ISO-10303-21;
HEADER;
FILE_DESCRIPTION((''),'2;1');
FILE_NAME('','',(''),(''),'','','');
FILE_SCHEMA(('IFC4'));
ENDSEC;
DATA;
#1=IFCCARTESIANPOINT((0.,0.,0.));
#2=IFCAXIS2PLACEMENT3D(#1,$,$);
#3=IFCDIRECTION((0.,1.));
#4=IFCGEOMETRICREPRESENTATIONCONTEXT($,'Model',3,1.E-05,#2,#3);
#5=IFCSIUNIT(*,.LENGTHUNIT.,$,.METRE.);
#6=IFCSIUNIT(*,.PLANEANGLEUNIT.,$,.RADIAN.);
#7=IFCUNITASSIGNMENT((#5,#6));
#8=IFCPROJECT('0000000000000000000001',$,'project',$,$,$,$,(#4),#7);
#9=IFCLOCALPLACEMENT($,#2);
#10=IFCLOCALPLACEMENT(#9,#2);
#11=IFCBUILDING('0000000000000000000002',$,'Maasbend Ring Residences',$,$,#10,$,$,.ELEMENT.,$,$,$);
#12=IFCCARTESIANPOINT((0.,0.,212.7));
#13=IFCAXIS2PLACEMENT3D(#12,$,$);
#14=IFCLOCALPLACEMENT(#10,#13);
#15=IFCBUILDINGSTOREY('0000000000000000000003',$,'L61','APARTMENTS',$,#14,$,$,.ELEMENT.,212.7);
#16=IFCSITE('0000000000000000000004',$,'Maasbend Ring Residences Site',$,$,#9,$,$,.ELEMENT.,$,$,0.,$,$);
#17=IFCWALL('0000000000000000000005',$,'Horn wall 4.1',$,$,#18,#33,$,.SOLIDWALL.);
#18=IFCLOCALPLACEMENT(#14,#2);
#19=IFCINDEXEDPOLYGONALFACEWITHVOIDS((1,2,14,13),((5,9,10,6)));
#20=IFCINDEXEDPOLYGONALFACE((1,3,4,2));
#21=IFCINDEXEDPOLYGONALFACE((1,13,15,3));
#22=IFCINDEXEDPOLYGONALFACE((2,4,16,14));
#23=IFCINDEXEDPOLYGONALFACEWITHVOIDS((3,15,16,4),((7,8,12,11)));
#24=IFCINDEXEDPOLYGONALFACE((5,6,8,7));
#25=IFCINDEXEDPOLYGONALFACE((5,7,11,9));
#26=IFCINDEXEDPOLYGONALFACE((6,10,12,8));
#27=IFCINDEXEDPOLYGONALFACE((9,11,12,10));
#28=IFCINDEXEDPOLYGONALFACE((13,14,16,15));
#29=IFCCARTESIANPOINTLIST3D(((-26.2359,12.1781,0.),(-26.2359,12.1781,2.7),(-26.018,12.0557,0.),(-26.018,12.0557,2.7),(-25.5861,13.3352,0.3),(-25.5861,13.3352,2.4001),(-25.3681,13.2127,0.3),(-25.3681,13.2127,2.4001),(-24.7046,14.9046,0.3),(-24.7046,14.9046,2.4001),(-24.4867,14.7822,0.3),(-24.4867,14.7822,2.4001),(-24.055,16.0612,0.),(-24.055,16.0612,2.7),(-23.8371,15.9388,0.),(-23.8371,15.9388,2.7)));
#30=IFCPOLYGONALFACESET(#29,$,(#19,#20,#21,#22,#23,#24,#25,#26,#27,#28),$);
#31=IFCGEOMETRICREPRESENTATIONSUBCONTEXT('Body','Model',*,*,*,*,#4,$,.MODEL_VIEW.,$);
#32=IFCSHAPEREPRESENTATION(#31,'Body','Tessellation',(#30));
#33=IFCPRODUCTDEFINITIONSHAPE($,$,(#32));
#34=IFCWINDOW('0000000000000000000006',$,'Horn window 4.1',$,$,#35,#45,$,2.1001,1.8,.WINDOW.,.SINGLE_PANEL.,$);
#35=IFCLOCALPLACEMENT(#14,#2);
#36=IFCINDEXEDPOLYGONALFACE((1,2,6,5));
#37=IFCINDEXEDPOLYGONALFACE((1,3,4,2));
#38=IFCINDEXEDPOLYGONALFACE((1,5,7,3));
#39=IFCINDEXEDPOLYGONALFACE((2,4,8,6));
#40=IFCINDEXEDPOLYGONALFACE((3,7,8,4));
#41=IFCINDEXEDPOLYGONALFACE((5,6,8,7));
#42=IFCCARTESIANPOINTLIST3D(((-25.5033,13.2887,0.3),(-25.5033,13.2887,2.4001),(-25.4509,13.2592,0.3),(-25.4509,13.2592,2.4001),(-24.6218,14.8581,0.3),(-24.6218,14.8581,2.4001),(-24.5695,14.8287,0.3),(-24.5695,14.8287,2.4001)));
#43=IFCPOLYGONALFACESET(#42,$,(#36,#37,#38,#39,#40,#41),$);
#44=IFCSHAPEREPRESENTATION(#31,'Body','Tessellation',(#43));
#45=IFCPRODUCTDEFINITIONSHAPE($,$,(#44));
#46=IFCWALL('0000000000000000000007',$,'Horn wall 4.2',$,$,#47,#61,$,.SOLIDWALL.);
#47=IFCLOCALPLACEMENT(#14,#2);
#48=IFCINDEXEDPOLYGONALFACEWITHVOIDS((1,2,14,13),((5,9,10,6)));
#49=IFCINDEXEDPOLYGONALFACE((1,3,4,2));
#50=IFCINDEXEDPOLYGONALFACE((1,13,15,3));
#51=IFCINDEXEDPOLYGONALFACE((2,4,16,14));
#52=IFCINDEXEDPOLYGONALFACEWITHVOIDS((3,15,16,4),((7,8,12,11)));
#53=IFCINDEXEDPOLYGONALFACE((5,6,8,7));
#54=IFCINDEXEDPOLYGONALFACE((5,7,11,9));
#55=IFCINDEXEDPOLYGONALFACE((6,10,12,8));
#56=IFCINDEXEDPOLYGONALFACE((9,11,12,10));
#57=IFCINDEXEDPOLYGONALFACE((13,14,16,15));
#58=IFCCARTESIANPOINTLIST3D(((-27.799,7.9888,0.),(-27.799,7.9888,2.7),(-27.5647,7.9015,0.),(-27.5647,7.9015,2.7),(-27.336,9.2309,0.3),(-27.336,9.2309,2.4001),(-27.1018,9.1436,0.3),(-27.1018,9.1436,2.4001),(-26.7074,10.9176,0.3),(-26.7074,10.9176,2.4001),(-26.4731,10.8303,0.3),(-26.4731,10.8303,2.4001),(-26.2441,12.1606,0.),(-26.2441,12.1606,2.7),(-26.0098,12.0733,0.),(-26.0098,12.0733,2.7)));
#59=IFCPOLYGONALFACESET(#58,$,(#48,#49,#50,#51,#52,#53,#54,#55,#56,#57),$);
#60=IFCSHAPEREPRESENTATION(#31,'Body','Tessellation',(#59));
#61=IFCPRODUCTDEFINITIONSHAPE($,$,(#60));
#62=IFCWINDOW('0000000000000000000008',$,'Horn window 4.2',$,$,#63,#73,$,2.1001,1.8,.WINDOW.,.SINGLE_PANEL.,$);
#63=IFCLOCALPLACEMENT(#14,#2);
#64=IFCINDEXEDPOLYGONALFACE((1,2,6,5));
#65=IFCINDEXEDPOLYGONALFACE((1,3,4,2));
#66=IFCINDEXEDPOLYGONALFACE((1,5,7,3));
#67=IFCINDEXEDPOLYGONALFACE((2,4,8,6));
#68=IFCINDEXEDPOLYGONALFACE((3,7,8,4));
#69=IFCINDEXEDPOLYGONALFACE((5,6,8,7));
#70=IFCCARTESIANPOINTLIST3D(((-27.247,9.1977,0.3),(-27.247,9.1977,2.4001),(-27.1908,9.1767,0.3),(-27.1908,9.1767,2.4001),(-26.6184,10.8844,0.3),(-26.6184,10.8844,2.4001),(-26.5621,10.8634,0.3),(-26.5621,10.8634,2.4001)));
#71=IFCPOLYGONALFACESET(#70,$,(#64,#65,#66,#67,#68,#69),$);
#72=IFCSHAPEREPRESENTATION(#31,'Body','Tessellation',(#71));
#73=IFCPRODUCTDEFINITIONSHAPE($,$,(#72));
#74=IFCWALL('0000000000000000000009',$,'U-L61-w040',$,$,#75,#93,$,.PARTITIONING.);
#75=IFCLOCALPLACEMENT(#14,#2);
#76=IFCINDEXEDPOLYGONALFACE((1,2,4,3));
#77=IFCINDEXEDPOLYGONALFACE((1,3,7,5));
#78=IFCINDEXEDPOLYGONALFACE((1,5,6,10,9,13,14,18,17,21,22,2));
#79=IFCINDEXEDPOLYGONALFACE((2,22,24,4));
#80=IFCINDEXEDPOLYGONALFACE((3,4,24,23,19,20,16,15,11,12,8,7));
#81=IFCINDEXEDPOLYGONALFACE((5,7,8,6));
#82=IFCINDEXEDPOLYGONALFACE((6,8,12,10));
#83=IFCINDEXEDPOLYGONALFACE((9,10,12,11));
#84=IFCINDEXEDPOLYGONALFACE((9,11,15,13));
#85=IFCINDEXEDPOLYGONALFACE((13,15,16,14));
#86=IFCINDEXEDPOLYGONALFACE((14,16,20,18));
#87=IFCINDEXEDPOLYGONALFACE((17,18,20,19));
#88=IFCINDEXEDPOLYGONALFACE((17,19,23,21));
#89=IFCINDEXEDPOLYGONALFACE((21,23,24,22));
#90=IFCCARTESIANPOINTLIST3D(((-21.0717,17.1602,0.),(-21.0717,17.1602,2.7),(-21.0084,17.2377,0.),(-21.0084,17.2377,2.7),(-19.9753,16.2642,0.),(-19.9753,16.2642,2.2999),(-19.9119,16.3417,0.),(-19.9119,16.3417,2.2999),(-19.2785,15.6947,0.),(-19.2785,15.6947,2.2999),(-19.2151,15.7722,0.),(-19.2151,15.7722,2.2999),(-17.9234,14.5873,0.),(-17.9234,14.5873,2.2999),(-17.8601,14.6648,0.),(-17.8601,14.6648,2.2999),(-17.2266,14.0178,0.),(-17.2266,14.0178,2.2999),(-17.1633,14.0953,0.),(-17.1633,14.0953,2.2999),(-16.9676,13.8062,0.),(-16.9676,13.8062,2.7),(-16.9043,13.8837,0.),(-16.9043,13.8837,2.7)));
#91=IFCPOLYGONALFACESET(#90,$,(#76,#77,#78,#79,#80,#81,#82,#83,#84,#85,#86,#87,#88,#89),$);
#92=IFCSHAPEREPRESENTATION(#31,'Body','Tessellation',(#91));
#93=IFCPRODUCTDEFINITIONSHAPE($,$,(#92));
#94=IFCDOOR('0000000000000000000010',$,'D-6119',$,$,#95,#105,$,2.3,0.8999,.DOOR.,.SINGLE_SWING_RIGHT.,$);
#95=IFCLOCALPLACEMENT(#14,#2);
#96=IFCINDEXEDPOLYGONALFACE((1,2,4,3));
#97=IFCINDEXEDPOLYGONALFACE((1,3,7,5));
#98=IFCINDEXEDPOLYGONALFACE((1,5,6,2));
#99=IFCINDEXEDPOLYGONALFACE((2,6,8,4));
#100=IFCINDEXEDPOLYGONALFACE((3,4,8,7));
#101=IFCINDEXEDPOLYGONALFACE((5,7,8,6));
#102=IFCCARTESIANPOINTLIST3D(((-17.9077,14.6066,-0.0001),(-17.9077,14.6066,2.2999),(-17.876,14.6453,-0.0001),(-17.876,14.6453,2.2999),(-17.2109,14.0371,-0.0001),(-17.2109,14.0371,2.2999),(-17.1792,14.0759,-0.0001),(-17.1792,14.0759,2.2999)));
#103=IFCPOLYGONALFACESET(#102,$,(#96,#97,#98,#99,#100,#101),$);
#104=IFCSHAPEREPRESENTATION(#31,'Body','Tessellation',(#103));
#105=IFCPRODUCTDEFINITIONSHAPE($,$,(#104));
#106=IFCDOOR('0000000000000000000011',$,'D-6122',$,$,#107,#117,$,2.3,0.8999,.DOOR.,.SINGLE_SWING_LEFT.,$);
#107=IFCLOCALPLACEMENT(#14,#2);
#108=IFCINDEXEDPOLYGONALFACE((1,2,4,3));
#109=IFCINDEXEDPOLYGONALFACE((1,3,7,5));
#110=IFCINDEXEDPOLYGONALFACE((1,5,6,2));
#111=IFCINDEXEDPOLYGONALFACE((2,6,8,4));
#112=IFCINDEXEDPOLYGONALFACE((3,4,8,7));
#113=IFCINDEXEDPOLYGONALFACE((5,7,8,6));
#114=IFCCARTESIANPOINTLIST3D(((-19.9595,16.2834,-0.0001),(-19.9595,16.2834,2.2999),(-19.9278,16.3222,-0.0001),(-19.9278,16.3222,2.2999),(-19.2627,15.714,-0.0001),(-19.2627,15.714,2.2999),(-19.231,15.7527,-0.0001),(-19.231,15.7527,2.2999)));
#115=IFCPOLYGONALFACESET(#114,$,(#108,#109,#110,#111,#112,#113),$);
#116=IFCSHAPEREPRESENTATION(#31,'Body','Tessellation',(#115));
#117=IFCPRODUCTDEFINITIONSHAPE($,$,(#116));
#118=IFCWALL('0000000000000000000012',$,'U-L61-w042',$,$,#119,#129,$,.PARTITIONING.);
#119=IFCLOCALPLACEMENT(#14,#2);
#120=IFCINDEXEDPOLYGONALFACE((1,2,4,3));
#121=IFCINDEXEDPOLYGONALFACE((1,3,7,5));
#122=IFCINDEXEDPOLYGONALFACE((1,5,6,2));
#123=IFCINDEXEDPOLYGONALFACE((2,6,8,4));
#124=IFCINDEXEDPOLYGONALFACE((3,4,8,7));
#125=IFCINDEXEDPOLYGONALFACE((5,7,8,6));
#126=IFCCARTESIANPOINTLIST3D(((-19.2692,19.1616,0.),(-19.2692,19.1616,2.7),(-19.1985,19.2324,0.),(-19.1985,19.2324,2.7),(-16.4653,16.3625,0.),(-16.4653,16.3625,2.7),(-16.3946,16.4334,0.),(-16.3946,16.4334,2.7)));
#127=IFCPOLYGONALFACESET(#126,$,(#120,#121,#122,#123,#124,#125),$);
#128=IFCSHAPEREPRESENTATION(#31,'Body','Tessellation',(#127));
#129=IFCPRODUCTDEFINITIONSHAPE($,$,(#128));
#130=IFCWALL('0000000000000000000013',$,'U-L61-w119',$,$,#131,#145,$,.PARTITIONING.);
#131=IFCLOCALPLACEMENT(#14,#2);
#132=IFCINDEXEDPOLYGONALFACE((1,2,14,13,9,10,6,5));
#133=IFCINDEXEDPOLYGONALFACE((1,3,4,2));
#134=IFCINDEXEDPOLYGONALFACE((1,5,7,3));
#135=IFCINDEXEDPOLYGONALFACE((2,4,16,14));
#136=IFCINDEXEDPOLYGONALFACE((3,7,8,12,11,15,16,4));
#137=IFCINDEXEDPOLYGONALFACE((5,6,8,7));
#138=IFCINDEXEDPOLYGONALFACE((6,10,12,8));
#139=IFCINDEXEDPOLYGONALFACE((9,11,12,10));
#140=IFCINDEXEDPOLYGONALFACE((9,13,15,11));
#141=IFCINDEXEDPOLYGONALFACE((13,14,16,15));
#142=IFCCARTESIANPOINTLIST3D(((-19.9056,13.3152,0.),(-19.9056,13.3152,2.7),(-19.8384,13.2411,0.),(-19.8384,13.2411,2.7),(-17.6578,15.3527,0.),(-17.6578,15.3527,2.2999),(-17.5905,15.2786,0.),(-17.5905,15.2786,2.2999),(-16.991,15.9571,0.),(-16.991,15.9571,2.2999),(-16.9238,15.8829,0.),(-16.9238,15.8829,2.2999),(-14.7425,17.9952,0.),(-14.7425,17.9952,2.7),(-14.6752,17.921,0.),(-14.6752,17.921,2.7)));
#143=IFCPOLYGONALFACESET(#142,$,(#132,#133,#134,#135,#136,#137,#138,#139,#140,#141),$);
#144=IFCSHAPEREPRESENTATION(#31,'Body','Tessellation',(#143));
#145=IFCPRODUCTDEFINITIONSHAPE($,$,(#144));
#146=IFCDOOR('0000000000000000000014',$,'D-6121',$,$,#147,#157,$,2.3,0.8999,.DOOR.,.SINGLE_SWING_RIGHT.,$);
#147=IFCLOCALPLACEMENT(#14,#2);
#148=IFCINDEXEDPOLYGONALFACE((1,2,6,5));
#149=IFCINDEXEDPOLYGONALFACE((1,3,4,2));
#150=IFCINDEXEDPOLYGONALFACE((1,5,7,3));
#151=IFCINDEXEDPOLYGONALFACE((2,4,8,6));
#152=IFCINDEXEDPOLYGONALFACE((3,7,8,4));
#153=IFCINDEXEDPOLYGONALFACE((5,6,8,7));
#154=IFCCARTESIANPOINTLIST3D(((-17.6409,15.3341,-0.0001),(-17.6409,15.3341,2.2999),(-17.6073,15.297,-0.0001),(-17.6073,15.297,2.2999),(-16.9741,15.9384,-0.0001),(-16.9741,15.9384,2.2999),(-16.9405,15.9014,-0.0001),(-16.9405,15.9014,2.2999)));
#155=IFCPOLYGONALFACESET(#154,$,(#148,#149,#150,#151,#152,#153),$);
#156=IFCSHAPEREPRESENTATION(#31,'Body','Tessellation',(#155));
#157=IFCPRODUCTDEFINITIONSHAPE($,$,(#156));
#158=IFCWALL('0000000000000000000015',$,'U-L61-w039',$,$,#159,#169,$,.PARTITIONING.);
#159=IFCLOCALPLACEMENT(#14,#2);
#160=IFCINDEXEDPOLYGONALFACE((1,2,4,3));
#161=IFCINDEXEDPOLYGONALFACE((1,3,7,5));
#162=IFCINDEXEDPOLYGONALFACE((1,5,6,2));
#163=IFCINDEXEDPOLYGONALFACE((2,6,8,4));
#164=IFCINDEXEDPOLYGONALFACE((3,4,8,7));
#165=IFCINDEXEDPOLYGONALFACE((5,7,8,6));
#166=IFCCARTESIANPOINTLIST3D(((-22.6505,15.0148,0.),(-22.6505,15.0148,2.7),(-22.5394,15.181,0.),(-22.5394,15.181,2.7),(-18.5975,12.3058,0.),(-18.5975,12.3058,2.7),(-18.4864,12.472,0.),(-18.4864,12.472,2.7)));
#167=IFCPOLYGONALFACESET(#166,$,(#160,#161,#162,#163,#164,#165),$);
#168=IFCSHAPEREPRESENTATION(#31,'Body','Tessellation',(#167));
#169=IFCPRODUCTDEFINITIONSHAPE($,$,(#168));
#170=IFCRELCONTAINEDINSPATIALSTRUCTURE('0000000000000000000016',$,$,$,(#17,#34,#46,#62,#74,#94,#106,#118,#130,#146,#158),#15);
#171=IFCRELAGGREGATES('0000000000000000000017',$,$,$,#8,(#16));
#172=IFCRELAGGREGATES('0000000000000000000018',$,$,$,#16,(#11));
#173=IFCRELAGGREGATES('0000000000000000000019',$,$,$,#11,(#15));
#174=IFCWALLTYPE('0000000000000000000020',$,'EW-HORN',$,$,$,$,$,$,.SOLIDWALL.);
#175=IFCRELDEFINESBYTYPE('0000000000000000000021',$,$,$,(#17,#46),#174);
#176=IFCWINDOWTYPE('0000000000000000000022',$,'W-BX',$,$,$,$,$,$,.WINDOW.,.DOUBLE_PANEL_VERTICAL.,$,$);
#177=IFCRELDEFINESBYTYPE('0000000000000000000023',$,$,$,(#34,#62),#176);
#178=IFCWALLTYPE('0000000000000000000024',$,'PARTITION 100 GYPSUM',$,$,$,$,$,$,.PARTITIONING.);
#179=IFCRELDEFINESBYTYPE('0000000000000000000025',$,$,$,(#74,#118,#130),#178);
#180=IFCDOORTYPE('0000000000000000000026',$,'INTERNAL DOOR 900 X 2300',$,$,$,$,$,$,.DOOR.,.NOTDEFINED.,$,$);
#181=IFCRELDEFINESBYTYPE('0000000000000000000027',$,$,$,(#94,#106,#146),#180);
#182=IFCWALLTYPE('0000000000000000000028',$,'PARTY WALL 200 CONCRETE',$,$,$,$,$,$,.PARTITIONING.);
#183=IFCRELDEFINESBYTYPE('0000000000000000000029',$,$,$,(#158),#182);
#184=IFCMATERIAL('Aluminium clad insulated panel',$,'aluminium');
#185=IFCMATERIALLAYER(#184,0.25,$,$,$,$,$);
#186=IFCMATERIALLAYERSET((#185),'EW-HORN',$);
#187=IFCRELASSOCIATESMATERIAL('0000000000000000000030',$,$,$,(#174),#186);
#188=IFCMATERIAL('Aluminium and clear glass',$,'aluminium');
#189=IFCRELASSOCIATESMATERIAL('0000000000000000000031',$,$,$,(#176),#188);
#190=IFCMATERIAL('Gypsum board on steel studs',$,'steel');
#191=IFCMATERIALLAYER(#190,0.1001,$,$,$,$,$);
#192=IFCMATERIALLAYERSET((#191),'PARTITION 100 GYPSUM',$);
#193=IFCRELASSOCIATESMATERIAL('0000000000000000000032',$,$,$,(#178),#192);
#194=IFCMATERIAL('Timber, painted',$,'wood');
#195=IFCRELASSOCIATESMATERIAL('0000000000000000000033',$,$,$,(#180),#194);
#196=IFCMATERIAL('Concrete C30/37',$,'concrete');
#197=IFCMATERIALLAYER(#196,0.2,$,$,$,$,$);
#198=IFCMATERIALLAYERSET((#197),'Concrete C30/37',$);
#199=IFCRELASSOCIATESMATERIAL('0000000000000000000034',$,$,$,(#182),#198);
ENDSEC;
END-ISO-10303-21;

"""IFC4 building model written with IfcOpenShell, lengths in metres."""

from ifc_helpers import new_model, si_unit, direction, frame, frame_2d, origin, place, context, subcontext, project, spatial, rectangle, extrude, material, layer, layer_set, type_object, element, fill, save


model = new_model("IFC4")

# Units and contexts
model_context = context("Model", 3, precision=1e-05, world=origin(), true_north=direction((0.0, 1.0)))
body_context = subcontext(model_context, "Body", "Model", "MODEL_VIEW")
ifc_project = project(units=[si_unit("LENGTHUNIT", "METRE"), si_unit("PLANEANGLEUNIT", "RADIAN")], contexts=[model_context])

# Site, building, storey
site_placement = place(None, origin())
site = spatial("IfcSite", under=ifc_project, at=site_placement, Name="Maasbend Ring Residences Site", CompositionType="ELEMENT", RefElevation=0.0)
building_placement = place(site_placement, origin())
building = spatial("IfcBuilding", under=site, at=building_placement, Name="Maasbend Ring Residences", CompositionType="ELEMENT")
storey_placement = place(building_placement, frame((0.0, 0.0, 212.7)))
storey = spatial("IfcBuildingStorey", under=building, at=storey_placement, Name="L61", Description="APARTMENTS", CompositionType="ELEMENT", Elevation=212.7)

# Walls, openings, windows
ifc_material_1 = material(Name="Aluminium clad insulated panel", Category="aluminium")
ifc_layer_1 = layer(ifc_material_1, 0.25)
ifc_layer_set_1 = layer_set([ifc_layer_1], Name="EW-HORN")
wall_type_1 = type_object("IfcWallType", Name="EW-HORN", PredefinedType="SOLIDWALL", material=ifc_layer_set_1)
wall_1_placement = place(storey_placement, frame((-23.946, 16.0, 0.0), z_axis=(0.0, 0.0, 1.0), x_axis=(-0.489696, -0.871893, 0.0)))
wall_1 = element("IfcWall", 1, at=wall_1_placement, inside=storey, type_object=wall_type_1, Name="Horn wall 4.1", PredefinedType="SOLIDWALL", context=body_context, shape_type="SweptSolid", body=[
    extrude(rectangle(XDim=4.4536, YDim=0.25, at=frame_2d((2.2268, 0.0))), origin(), (0.0, 0.0, 1.0), 2.7),
])
opening_1_placement = place(wall_1_placement, frame((1.3267, 0.0, 0.3)))
opening_1 = element("IfcOpeningElement", 2, at=opening_1_placement, cuts=wall_1, PredefinedType="OPENING", context=body_context, shape_type="SweptSolid", body=[
    extrude(rectangle(XDim=1.8, YDim=2.1001, at=frame_2d((0.8999, 1.05))), frame((0.0, 0.135, 0.0), z_axis=(0.0, -1.0, 0.0), x_axis=(1.0, 0.0, 0.0)), (0.0, 0.0, 1.0), 0.27),
])
ifc_material_2 = material(Name="Aluminium and clear glass", Category="aluminium")
window_type_1 = type_object("IfcWindowType", Name="W-BX", PartitioningType="DOUBLE_PANEL_VERTICAL", PredefinedType="WINDOW", material=ifc_material_2)
window_1_placement = place(opening_1_placement, origin())
window_1 = element("IfcWindow", 3, at=window_1_placement, inside=storey, type_object=window_type_1, Name="Horn window 4.1", OverallHeight=2.1001, OverallWidth=1.8, PartitioningType="SINGLE_PANEL", PredefinedType="WINDOW", context=body_context, shape_type="SweptSolid", body=[
    extrude(rectangle(XDim=1.8, YDim=2.1001, at=frame_2d((0.8999, 1.05))), frame((0.0, 0.03, 0.0), z_axis=(0.0, -1.0, 0.0), x_axis=(1.0, 0.0, 0.0)), (0.0, 0.0, 1.0), 0.0601),
])
fill(opening_1, window_1)
wall_2_placement = place(storey_placement, frame((-26.127, 12.1169, 0.0), z_axis=(0.0, 0.0, 1.0), x_axis=(-0.349248, -0.93703, 0.0)))
wall_2 = element("IfcWall", 4, at=wall_2_placement, inside=storey, type_object=wall_type_1, Name="Horn wall 4.2", PredefinedType="SOLIDWALL", context=body_context, shape_type="SweptSolid", body=[
    extrude(rectangle(XDim=4.4521, YDim=0.25, at=frame_2d((2.2261, 0.0))), origin(), (0.0, 0.0, 1.0), 2.7),
])
opening_2_placement = place(wall_2_placement, frame((1.3267, 0.0, 0.3)))
opening_2 = element("IfcOpeningElement", 5, at=opening_2_placement, cuts=wall_2, PredefinedType="OPENING", context=body_context, shape_type="SweptSolid", body=[
    extrude(rectangle(XDim=1.8, YDim=2.1001, at=frame_2d((0.8999, 1.05))), frame((0.0, 0.135, 0.0), z_axis=(0.0, -1.0, 0.0), x_axis=(1.0, 0.0, 0.0)), (0.0, 0.0, 1.0), 0.27),
])
window_2_placement = place(opening_2_placement, origin())
window_2 = element("IfcWindow", 6, at=window_2_placement, inside=storey, type_object=window_type_1, Name="Horn window 4.2", OverallHeight=2.1001, OverallWidth=1.8, PartitioningType="SINGLE_PANEL", PredefinedType="WINDOW", context=body_context, shape_type="SweptSolid", body=[
    extrude(rectangle(XDim=1.8, YDim=2.1001, at=frame_2d((0.8999, 1.05))), frame((0.0, 0.03, 0.0), z_axis=(0.0, -1.0, 0.0), x_axis=(1.0, 0.0, 0.0)), (0.0, 0.0, 1.0), 0.0601),
])
fill(opening_2, window_2)

# Wall, openings, doors
ifc_material_3 = material(Name="Gypsum board on steel studs", Category="steel")
ifc_layer_2 = layer(ifc_material_3, 0.1001)
ifc_layer_set_2 = layer_set([ifc_layer_2], Name="PARTITION 100 GYPSUM")
wall_type_2 = type_object("IfcWallType", Name="PARTITION 100 GYPSUM", PredefinedType="PARTITIONING", material=ifc_layer_set_2)
wall_3_placement = place(storey_placement, frame((-21.04, 17.199, 0.0), z_axis=(0.0, 0.0, 1.0), x_axis=(0.77431, -0.632806, 0.0)))
wall_3 = element("IfcWall", 7, at=wall_3_placement, inside=storey, type_object=wall_type_2, Name="U-L61-w040", PredefinedType="PARTITIONING", context=body_context, shape_type="SweptSolid", body=[
    extrude(rectangle(XDim=5.3003, YDim=0.1001, at=frame_2d((2.6501, 0.0))), origin(), (0.0, 0.0, 1.0), 2.7),
])
opening_3_placement = place(wall_3_placement, frame((4.0659, 0.0, 0.0)))
opening_3 = element("IfcOpeningElement", 8, at=opening_3_placement, cuts=wall_3, PredefinedType="OPENING", context=body_context, shape_type="SweptSolid", body=[
    extrude(rectangle(XDim=0.8999, YDim=2.3, at=frame_2d((0.45, 1.1499))), frame((0.0, 0.0601, 0.0), z_axis=(0.0, -1.0, 0.0), x_axis=(1.0, 0.0, 0.0)), (0.0, 0.0, 1.0), 0.1201),
])
opening_4_placement = place(wall_3_placement, frame((1.416, 0.0, 0.0)))
opening_4 = element("IfcOpeningElement", 9, at=opening_4_placement, cuts=wall_3, PredefinedType="OPENING", context=body_context, shape_type="SweptSolid", body=[
    extrude(rectangle(XDim=0.8999, YDim=2.3, at=frame_2d((0.45, 1.1499))), frame((0.0, 0.0601, 0.0), z_axis=(0.0, -1.0, 0.0), x_axis=(1.0, 0.0, 0.0)), (0.0, 0.0, 1.0), 0.1201),
])
ifc_material_4 = material(Name="Timber, painted", Category="wood")
door_type_1 = type_object("IfcDoorType", Name="INTERNAL DOOR 900 X 2300", OperationType="NOTDEFINED", PredefinedType="DOOR", material=ifc_material_4)
door_1_placement = place(opening_3_placement, origin())
door_1 = element("IfcDoor", 10, at=door_1_placement, inside=storey, type_object=door_type_1, Name="D-6119", OperationType="SINGLE_SWING_RIGHT", OverallHeight=2.3, OverallWidth=0.8999, PredefinedType="DOOR", context=body_context, shape_type="SweptSolid", body=[
    extrude(rectangle(XDim=0.8999, YDim=2.3, at=frame_2d((0.45, 1.1499))), frame((0.0, 0.0249, 0.0), z_axis=(0.0, -1.0, 0.0), x_axis=(1.0, 0.0, 0.0)), (0.0, 0.0, 1.0), 0.05),
])
fill(opening_3, door_1)
door_2_placement = place(opening_4_placement, origin())
door_2 = element("IfcDoor", 11, at=door_2_placement, inside=storey, type_object=door_type_1, Name="D-6122", OperationType="SINGLE_SWING_LEFT", OverallHeight=2.3, OverallWidth=0.8999, PredefinedType="DOOR", context=body_context, shape_type="SweptSolid", body=[
    extrude(rectangle(XDim=0.8999, YDim=2.3, at=frame_2d((0.45, 1.1499))), frame((0.0, 0.0249, 0.0), z_axis=(0.0, -1.0, 0.0), x_axis=(1.0, 0.0, 0.0)), (0.0, 0.0, 1.0), 0.05),
])
fill(opening_4, door_2)

# Wall
wall_4_placement = place(storey_placement, frame((-19.2339, 19.197, 0.0), z_axis=(0.0, 0.0, 1.0), x_axis=(0.707723, -0.70649, 0.0)))
element("IfcWall", 12, at=wall_4_placement, inside=storey, type_object=wall_type_2, Name="U-L61-w042", PredefinedType="PARTITIONING", context=body_context, shape_type="SweptSolid", body=[
    extrude(rectangle(XDim=3.9619, YDim=0.1001, at=frame_2d((1.981, 0.0))), origin(), (0.0, 0.0, 1.0), 2.7),
])

# Wall, opening, door
wall_5_placement = place(storey_placement, frame((-19.8721, 13.2781, 0.0), z_axis=(0.0, 0.0, 1.0), x_axis=(0.740924, 0.671589, 0.0)))
wall_5 = element("IfcWall", 13, at=wall_5_placement, inside=storey, type_object=wall_type_2, Name="U-L61-w119", PredefinedType="PARTITIONING", context=body_context, shape_type="SweptSolid", body=[
    extrude(rectangle(XDim=6.9685, YDim=0.1001, at=frame_2d((3.4844, 0.0))), origin(), (0.0, 0.0, 1.0), 2.7),
])
opening_5_placement = place(wall_5_placement, frame((3.0339, 0.0, 0.0)))
opening_5 = element("IfcOpeningElement", 14, at=opening_5_placement, cuts=wall_5, PredefinedType="OPENING", context=body_context, shape_type="SweptSolid", body=[
    extrude(rectangle(XDim=0.8999, YDim=2.3, at=frame_2d((0.45, 1.1499))), frame((0.0, 0.0601, 0.0), z_axis=(0.0, -1.0, 0.0), x_axis=(1.0, 0.0, 0.0)), (0.0, 0.0, 1.0), 0.1201),
])
door_3_placement = place(opening_5_placement, origin())
door_3 = element("IfcDoor", 15, at=door_3_placement, inside=storey, type_object=door_type_1, Name="D-6121", OperationType="SINGLE_SWING_RIGHT", OverallHeight=2.3, OverallWidth=0.8999, PredefinedType="DOOR", context=body_context, shape_type="SweptSolid", body=[
    extrude(rectangle(XDim=0.8999, YDim=2.3, at=frame_2d((0.45, 1.1499))), frame((0.0, 0.0249, 0.0), z_axis=(0.0, -1.0, 0.0), x_axis=(1.0, 0.0, 0.0)), (0.0, 0.0, 1.0), 0.05),
])
fill(opening_5, door_3)

# Wall
ifc_material_5 = material(Name="Concrete C30/37", Category="concrete")
ifc_layer_3 = layer(ifc_material_5, 0.2)
ifc_layer_set_3 = layer_set([ifc_layer_3], Name="Concrete C30/37")
wall_type_3 = type_object("IfcWallType", Name="PARTY WALL 200 CONCRETE", PredefinedType="PARTITIONING", material=ifc_layer_set_3)
wall_6_placement = place(storey_placement, frame((-22.595, 15.0979, 0.0), z_axis=(0.0, 0.0, 1.0), x_axis=(0.831387, -0.555694, 0.0)))
element("IfcWall", 16, at=wall_6_placement, inside=storey, type_object=wall_type_3, Name="U-L61-w039", PredefinedType="PARTITIONING", context=body_context, shape_type="SweptSolid", body=[
    extrude(rectangle(XDim=4.875, YDim=0.2, at=frame_2d((2.4375, 0.0))), origin(), (0.0, 0.0, 1.0), 2.7),
])

save(model, "model.ifc")
